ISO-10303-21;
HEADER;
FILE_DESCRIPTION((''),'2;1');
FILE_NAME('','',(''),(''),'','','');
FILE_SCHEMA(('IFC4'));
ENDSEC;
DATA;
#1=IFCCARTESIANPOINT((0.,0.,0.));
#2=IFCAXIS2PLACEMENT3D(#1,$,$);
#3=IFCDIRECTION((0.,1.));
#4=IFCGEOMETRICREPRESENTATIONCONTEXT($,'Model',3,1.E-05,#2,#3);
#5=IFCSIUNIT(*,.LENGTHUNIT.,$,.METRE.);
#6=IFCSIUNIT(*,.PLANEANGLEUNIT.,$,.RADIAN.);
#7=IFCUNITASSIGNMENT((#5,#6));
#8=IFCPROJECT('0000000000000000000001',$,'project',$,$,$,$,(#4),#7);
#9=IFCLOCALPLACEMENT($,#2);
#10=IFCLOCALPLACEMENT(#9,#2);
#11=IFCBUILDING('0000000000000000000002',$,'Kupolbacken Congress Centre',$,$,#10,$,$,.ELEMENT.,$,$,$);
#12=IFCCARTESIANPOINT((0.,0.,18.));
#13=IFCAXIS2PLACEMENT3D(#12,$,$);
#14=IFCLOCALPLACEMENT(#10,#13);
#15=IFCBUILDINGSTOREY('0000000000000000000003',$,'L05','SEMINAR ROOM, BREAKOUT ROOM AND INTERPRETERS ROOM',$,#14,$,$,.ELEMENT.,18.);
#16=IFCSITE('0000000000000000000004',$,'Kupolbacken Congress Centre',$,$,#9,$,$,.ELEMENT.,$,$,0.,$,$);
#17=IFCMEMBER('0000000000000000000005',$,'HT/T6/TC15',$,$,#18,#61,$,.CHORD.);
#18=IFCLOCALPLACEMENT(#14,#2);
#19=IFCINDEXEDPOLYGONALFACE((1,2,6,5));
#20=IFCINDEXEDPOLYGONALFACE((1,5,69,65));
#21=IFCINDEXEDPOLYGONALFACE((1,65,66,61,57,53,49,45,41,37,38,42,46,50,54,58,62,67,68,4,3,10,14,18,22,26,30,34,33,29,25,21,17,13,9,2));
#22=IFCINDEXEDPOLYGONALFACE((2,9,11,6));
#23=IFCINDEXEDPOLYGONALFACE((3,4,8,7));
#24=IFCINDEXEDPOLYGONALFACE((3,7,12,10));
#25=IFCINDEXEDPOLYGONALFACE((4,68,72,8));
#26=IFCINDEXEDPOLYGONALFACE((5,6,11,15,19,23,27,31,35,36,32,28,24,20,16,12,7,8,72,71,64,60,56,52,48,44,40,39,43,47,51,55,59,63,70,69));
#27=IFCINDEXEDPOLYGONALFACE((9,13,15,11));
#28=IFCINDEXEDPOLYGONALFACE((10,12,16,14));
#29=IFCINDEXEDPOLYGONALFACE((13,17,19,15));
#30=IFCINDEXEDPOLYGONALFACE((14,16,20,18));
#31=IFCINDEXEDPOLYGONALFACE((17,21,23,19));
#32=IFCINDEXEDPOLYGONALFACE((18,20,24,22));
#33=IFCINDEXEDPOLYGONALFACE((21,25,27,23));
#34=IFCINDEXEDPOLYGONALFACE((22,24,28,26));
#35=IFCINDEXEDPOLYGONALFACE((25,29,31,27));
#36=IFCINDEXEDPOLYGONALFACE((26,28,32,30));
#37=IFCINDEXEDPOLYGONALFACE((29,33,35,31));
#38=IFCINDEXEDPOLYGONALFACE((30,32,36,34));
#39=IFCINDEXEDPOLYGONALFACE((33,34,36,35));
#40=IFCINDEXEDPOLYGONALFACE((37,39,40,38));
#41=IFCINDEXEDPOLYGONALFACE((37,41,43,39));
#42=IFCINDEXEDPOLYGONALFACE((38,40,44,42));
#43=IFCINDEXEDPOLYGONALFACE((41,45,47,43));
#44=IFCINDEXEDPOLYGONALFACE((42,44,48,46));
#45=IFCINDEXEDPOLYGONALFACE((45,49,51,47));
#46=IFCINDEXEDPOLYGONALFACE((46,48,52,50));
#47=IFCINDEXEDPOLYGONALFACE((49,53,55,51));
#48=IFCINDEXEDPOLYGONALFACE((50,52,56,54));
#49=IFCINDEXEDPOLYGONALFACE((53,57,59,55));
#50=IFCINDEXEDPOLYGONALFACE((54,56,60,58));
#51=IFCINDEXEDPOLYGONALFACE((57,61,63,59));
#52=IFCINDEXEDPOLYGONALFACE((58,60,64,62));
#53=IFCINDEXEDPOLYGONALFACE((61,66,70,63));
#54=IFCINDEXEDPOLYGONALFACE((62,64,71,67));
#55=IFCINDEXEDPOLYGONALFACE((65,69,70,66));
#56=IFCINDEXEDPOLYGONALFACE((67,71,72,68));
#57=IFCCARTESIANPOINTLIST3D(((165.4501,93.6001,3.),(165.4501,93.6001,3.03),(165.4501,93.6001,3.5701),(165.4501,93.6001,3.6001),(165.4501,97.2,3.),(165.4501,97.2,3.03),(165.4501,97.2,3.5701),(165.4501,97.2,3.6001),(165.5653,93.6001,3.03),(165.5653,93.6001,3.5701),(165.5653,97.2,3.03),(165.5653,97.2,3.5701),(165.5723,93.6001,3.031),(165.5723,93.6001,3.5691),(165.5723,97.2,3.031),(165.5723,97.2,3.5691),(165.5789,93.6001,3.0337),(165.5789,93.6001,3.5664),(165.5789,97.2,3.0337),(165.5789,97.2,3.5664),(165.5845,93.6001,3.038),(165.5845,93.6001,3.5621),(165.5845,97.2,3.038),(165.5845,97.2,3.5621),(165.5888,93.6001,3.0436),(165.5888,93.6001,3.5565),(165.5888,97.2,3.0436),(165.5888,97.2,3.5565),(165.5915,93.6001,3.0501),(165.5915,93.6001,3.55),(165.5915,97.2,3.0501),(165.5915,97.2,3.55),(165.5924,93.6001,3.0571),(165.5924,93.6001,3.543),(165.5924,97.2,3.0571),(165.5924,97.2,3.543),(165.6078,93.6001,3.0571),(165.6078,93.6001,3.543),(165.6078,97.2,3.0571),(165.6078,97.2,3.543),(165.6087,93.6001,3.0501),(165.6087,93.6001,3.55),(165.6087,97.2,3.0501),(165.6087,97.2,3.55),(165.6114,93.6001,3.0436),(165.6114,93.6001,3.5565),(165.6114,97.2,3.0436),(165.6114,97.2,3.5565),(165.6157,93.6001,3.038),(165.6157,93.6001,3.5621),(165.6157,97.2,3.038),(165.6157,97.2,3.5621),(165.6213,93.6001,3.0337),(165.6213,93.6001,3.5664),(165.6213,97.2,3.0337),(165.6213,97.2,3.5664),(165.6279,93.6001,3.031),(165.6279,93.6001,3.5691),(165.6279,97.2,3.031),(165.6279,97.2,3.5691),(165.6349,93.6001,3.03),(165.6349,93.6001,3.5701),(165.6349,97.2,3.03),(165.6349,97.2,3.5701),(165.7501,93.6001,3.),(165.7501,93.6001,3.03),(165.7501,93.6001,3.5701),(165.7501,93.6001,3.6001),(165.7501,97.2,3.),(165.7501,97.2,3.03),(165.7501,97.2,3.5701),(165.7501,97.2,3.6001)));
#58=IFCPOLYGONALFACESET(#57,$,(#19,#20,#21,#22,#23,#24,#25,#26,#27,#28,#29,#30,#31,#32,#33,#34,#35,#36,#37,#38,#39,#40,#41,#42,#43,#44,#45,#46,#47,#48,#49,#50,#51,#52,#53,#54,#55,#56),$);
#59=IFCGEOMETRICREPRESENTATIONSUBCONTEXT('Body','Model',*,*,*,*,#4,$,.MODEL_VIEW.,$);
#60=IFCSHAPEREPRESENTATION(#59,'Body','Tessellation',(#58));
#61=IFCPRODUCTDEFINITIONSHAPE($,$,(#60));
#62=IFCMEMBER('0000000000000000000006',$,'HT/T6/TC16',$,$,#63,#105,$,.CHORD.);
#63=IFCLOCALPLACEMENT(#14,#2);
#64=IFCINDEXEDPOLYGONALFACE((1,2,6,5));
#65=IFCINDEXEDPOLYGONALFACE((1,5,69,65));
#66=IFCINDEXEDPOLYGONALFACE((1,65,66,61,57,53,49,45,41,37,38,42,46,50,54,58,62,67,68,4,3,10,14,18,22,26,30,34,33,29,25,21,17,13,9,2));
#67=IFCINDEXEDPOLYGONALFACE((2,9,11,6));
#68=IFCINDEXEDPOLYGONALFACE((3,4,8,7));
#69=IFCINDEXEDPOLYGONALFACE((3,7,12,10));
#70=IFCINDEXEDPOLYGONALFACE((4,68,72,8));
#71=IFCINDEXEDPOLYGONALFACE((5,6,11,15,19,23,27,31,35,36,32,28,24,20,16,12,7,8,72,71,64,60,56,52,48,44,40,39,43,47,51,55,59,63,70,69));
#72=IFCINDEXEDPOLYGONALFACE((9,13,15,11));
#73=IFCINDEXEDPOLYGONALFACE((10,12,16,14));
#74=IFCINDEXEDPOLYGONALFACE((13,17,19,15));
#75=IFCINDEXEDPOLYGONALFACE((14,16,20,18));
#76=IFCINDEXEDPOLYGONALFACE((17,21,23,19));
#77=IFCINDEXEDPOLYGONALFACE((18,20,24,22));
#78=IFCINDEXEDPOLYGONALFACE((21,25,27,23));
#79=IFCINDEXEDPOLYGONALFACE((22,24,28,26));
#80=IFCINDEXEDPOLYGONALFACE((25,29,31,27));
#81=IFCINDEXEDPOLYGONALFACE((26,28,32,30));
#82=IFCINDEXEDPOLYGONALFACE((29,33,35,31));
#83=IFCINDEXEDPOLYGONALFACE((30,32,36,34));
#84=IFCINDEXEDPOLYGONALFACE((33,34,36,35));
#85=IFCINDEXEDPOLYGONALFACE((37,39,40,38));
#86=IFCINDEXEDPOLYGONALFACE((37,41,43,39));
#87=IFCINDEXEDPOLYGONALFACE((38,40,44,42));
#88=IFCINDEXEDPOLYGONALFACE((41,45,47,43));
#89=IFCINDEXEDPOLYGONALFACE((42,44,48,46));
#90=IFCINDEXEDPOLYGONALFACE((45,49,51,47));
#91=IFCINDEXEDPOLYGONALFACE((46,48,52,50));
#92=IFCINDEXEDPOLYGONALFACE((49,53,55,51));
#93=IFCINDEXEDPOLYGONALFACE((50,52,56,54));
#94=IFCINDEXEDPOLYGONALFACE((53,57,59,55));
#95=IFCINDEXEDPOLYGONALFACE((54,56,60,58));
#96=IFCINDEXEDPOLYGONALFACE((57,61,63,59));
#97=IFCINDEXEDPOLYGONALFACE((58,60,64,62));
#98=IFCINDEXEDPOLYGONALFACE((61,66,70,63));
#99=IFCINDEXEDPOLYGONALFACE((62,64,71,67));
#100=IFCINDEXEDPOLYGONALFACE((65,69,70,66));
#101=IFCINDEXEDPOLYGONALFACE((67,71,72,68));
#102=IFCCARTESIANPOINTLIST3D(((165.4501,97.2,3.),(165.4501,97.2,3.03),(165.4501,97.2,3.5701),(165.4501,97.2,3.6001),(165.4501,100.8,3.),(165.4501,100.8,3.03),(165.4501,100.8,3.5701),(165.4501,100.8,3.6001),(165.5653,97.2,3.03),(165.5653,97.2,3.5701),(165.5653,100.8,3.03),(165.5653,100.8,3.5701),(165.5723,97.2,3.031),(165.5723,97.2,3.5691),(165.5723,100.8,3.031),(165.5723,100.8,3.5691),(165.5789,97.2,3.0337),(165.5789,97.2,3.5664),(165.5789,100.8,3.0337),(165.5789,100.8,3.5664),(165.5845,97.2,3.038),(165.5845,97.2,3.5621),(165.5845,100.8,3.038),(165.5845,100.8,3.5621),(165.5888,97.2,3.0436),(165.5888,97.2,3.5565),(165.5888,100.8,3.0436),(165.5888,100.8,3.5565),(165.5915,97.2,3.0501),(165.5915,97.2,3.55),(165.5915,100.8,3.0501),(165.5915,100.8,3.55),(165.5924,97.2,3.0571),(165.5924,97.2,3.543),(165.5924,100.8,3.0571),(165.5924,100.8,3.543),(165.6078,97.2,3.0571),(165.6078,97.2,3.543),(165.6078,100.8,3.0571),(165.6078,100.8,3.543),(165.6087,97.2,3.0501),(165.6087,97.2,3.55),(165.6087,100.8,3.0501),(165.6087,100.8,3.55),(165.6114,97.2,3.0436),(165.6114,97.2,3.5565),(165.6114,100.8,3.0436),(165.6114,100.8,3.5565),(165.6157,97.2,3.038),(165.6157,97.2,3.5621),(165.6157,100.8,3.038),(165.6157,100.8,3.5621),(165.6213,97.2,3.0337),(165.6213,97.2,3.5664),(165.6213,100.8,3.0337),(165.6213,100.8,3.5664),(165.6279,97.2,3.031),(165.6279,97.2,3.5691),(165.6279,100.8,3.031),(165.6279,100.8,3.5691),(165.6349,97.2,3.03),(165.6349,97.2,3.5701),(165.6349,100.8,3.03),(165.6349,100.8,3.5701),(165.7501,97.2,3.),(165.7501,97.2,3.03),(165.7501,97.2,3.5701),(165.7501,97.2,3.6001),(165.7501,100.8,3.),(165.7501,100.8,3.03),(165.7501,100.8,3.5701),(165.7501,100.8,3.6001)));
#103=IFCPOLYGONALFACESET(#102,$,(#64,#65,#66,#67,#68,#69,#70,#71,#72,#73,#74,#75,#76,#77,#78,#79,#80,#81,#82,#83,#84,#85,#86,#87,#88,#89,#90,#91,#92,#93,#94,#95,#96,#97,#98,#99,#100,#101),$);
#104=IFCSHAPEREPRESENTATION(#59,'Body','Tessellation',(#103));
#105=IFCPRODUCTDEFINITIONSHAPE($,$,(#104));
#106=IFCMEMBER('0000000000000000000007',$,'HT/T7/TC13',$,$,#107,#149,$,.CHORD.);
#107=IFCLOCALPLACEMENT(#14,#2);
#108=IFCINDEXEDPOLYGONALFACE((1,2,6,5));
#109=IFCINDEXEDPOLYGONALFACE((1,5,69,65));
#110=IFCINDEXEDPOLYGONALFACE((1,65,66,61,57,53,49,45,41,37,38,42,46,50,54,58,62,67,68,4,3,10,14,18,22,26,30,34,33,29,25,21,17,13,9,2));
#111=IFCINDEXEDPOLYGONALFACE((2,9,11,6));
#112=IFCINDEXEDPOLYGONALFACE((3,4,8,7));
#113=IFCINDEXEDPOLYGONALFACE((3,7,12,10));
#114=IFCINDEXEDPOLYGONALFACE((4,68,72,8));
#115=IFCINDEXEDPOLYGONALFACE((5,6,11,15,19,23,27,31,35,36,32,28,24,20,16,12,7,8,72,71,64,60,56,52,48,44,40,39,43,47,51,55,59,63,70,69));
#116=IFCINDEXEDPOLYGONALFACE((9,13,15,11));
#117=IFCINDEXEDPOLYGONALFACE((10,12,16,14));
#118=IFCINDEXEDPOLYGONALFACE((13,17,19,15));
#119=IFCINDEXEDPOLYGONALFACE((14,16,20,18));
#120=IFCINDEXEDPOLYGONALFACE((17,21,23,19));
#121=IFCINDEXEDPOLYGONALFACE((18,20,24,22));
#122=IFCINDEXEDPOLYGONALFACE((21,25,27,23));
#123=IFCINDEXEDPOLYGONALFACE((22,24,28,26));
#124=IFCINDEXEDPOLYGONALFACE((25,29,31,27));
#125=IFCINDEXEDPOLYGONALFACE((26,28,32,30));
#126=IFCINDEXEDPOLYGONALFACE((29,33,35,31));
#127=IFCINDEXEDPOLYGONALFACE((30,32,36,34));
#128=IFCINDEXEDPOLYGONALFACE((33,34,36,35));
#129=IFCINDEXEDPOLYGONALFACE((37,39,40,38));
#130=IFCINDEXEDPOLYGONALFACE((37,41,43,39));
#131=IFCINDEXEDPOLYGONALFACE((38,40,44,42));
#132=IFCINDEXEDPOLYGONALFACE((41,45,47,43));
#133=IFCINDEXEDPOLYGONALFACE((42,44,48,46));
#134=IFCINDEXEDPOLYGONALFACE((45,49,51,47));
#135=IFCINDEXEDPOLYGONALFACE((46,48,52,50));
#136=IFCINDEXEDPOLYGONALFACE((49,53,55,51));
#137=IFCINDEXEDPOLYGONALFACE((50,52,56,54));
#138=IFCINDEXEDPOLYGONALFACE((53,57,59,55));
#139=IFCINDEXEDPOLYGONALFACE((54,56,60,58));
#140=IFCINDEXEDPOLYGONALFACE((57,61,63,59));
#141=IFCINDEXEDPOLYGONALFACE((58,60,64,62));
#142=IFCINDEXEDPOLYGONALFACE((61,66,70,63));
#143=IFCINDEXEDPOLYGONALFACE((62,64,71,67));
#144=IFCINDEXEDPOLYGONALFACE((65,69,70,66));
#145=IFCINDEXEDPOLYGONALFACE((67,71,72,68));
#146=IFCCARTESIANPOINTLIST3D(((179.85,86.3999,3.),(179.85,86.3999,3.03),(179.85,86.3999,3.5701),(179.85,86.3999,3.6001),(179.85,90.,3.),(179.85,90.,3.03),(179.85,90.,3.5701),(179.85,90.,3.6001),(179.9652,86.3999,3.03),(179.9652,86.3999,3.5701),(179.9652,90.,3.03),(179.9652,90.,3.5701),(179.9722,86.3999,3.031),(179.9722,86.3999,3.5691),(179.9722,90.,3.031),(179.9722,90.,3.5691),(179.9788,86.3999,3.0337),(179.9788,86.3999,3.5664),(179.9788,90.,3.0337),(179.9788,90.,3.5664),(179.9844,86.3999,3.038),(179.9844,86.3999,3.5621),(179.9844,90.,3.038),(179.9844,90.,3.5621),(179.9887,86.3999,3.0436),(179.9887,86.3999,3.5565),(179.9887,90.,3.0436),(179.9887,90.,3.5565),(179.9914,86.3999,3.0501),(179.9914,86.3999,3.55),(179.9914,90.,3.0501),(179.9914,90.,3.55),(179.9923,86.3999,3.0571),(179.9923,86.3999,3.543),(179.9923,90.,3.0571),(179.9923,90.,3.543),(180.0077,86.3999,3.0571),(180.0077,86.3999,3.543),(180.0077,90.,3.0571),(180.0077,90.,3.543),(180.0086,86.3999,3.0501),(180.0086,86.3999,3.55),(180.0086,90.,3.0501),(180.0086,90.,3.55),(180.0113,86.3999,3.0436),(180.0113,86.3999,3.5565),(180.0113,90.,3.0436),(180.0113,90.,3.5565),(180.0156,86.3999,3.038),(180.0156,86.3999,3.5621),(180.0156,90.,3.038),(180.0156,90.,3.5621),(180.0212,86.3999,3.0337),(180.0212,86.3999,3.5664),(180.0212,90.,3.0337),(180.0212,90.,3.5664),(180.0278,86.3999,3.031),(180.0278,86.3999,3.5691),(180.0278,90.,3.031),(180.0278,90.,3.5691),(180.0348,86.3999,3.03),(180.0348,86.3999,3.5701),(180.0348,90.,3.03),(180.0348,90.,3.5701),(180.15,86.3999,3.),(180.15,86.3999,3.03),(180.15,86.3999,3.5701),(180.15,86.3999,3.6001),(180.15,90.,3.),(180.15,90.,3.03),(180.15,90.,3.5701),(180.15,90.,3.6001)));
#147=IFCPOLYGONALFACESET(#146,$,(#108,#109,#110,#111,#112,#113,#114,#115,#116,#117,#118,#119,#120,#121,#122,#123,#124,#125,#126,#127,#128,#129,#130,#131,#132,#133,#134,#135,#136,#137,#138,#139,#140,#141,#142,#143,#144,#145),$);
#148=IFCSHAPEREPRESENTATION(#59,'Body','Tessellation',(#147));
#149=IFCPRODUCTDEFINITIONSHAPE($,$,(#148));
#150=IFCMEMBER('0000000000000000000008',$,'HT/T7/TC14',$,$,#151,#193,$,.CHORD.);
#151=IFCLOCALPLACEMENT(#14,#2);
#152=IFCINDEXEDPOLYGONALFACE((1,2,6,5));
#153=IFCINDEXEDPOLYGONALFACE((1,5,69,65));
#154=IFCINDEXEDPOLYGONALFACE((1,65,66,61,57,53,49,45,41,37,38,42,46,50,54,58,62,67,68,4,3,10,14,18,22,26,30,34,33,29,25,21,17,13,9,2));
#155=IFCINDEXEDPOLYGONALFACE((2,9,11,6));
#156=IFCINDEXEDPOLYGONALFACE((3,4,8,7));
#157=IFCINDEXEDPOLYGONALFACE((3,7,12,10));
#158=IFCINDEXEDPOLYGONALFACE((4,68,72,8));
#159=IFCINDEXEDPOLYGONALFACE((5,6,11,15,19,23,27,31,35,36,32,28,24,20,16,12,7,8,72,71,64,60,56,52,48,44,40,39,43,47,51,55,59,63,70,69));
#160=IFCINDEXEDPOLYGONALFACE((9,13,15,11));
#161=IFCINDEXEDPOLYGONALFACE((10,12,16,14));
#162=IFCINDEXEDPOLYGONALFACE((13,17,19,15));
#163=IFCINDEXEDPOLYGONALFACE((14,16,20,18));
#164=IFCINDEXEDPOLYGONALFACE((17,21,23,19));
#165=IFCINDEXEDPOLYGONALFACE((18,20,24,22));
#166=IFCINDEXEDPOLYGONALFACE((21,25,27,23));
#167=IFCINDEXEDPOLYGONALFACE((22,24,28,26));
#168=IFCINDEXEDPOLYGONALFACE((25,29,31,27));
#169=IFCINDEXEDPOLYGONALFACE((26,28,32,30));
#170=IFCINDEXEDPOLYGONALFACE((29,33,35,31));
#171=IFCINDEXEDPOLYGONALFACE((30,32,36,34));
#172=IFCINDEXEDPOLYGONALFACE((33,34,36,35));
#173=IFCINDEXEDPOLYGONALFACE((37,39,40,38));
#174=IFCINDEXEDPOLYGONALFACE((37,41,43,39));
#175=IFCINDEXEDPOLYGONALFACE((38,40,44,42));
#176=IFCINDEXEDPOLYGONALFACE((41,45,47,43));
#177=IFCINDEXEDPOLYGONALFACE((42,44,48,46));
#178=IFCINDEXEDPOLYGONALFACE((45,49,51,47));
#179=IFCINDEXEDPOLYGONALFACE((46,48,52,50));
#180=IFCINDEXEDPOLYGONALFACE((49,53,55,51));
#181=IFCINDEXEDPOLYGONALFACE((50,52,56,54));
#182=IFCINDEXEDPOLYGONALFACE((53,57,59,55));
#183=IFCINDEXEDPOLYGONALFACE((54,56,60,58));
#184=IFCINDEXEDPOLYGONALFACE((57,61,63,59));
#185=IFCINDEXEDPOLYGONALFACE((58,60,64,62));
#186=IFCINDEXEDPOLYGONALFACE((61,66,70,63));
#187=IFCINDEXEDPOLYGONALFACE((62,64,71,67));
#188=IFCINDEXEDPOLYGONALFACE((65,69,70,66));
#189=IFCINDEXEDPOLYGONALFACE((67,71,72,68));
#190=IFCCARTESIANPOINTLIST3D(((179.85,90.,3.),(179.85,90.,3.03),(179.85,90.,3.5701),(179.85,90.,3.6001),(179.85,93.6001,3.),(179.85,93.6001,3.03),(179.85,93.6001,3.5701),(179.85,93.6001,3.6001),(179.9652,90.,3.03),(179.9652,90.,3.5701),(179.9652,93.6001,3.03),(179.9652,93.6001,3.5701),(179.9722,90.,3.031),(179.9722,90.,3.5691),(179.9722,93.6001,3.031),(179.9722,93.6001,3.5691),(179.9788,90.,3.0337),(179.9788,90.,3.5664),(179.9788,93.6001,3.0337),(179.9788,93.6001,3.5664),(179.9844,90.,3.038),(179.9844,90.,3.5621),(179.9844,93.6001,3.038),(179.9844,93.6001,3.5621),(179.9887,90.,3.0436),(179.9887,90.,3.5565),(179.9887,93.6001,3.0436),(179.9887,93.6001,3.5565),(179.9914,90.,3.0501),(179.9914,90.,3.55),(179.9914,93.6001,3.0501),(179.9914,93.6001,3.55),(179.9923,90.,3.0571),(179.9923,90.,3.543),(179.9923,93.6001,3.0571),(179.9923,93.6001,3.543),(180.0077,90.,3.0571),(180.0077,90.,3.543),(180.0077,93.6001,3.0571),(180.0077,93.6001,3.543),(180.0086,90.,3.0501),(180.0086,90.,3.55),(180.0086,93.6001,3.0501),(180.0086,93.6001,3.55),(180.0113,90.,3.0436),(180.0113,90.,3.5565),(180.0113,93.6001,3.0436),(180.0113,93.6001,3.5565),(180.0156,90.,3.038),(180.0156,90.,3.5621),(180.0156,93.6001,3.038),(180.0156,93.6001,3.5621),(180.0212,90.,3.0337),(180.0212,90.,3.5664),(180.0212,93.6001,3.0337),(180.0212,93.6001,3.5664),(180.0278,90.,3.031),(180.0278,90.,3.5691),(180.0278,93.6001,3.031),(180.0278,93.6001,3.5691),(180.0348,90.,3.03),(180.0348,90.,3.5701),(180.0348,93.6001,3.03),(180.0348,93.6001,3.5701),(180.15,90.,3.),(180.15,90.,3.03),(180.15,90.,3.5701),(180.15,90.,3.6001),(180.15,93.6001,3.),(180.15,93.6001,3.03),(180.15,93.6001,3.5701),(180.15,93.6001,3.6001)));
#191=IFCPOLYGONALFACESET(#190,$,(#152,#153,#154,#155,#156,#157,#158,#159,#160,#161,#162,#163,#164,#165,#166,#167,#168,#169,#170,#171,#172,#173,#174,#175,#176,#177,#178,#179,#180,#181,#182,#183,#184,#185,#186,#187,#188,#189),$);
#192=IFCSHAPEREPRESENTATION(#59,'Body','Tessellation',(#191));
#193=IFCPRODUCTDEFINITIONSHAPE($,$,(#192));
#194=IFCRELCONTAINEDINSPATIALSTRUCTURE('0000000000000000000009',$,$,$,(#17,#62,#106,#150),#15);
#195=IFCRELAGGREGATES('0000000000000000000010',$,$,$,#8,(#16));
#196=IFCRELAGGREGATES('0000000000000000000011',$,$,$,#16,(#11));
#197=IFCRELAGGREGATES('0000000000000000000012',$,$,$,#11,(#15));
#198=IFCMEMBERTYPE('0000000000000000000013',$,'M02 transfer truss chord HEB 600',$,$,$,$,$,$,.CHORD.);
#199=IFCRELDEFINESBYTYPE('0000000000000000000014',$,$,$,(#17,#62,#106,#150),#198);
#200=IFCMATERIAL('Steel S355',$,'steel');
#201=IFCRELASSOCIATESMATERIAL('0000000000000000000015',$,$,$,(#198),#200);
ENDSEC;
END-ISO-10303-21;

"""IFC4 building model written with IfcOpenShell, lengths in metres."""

from ifc_helpers import new_model, si_unit, direction, frame, origin, origin_2d, place, context, subcontext, project, spatial, i_section, extrude, material, material_profile, profile_set, type_object, element, save


model = new_model("IFC4")

# Units and contexts
model_context = context("Model", 3, precision=1e-05, world=origin(), true_north=direction((0.0, 1.0)))
body_context = subcontext(model_context, "Body", "Model", "MODEL_VIEW")
ifc_project = project(units=[si_unit("LENGTHUNIT", "METRE"), si_unit("PLANEANGLEUNIT", "RADIAN")], contexts=[model_context])

# Site, building, storey
site_placement = place(None, origin())
site = spatial("IfcSite", under=ifc_project, at=site_placement, Name="Kupolbacken Congress Centre", CompositionType="ELEMENT", RefElevation=0.0)
building_placement = place(site_placement, origin())
building = spatial("IfcBuilding", under=site, at=building_placement, Name="Kupolbacken Congress Centre", CompositionType="ELEMENT")
storey_placement = place(building_placement, frame((0.0, 0.0, 18.0)))
storey = spatial("IfcBuildingStorey", under=building, at=storey_placement, Name="L05", Description="SEMINAR ROOM, BREAKOUT ROOM AND INTERPRETERS ROOM", CompositionType="ELEMENT", Elevation=18.0)

# Members
ifc_material_1 = material(Name="Steel S355", Category="steel")
ifc_material_profile_1 = material_profile(ifc_material_1, i_section(OverallWidth=0.3, OverallDepth=0.6001, WebThickness=0.0154, FlangeThickness=0.03, FilletRadius=0.0271, at=origin_2d()), Name="HEB 600")
ifc_profile_set_1 = profile_set([ifc_material_profile_1], Name="Steel S355")
member_type_1 = type_object("IfcMemberType", Name="M02 transfer truss chord HEB 600", PredefinedType="CHORD", material=ifc_profile_set_1)
member_1_placement = place(storey_placement, frame((165.6001, 93.6001, 3.3), z_axis=(0.0, 1.0, 0.0), x_axis=(-1.0, 0.0, 0.0)))
element("IfcMember", 1, at=member_1_placement, inside=storey, type_object=member_type_1, Name="HT/T6/TC15", PredefinedType="CHORD", context=body_context, shape_type="SweptSolid", body=[
    extrude(i_section(OverallWidth=0.3, OverallDepth=0.6001, WebThickness=0.0154, FlangeThickness=0.03, FilletRadius=0.0271, at=origin_2d()), origin(), (0.0, 0.0, 1.0), 3.5999),
])
for number, where, z_axis, x_axis, name in (
    (2, (165.6001, 97.2, 3.3), (0.0, 1.0, 0.0), (-1.0, 0.0, 0.0), "HT/T6/TC16"),
    (3, (180.0, 86.3999, 3.3), (0.0, 1.0, 0.0), (-1.0, 0.0, 0.0), "HT/T7/TC13"),
    (4, (180.0, 90.0, 3.3), (0.0, 1.0, 0.0), (-1.0, 0.0, 0.0), "HT/T7/TC14"),
):
    element("IfcMember", number, at=place(storey_placement, frame(where, z_axis=z_axis, x_axis=x_axis)), inside=storey, type_object=member_type_1, Name=name, PredefinedType="CHORD", context=body_context, shape_type="SweptSolid", body=[
        extrude(i_section(OverallWidth=0.3, OverallDepth=0.6001, WebThickness=0.0154, FlangeThickness=0.03, FilletRadius=0.0271, at=origin_2d()), origin(), (0.0, 0.0, 1.0), 3.6001),
    ])

save(model, "model.ifc")
